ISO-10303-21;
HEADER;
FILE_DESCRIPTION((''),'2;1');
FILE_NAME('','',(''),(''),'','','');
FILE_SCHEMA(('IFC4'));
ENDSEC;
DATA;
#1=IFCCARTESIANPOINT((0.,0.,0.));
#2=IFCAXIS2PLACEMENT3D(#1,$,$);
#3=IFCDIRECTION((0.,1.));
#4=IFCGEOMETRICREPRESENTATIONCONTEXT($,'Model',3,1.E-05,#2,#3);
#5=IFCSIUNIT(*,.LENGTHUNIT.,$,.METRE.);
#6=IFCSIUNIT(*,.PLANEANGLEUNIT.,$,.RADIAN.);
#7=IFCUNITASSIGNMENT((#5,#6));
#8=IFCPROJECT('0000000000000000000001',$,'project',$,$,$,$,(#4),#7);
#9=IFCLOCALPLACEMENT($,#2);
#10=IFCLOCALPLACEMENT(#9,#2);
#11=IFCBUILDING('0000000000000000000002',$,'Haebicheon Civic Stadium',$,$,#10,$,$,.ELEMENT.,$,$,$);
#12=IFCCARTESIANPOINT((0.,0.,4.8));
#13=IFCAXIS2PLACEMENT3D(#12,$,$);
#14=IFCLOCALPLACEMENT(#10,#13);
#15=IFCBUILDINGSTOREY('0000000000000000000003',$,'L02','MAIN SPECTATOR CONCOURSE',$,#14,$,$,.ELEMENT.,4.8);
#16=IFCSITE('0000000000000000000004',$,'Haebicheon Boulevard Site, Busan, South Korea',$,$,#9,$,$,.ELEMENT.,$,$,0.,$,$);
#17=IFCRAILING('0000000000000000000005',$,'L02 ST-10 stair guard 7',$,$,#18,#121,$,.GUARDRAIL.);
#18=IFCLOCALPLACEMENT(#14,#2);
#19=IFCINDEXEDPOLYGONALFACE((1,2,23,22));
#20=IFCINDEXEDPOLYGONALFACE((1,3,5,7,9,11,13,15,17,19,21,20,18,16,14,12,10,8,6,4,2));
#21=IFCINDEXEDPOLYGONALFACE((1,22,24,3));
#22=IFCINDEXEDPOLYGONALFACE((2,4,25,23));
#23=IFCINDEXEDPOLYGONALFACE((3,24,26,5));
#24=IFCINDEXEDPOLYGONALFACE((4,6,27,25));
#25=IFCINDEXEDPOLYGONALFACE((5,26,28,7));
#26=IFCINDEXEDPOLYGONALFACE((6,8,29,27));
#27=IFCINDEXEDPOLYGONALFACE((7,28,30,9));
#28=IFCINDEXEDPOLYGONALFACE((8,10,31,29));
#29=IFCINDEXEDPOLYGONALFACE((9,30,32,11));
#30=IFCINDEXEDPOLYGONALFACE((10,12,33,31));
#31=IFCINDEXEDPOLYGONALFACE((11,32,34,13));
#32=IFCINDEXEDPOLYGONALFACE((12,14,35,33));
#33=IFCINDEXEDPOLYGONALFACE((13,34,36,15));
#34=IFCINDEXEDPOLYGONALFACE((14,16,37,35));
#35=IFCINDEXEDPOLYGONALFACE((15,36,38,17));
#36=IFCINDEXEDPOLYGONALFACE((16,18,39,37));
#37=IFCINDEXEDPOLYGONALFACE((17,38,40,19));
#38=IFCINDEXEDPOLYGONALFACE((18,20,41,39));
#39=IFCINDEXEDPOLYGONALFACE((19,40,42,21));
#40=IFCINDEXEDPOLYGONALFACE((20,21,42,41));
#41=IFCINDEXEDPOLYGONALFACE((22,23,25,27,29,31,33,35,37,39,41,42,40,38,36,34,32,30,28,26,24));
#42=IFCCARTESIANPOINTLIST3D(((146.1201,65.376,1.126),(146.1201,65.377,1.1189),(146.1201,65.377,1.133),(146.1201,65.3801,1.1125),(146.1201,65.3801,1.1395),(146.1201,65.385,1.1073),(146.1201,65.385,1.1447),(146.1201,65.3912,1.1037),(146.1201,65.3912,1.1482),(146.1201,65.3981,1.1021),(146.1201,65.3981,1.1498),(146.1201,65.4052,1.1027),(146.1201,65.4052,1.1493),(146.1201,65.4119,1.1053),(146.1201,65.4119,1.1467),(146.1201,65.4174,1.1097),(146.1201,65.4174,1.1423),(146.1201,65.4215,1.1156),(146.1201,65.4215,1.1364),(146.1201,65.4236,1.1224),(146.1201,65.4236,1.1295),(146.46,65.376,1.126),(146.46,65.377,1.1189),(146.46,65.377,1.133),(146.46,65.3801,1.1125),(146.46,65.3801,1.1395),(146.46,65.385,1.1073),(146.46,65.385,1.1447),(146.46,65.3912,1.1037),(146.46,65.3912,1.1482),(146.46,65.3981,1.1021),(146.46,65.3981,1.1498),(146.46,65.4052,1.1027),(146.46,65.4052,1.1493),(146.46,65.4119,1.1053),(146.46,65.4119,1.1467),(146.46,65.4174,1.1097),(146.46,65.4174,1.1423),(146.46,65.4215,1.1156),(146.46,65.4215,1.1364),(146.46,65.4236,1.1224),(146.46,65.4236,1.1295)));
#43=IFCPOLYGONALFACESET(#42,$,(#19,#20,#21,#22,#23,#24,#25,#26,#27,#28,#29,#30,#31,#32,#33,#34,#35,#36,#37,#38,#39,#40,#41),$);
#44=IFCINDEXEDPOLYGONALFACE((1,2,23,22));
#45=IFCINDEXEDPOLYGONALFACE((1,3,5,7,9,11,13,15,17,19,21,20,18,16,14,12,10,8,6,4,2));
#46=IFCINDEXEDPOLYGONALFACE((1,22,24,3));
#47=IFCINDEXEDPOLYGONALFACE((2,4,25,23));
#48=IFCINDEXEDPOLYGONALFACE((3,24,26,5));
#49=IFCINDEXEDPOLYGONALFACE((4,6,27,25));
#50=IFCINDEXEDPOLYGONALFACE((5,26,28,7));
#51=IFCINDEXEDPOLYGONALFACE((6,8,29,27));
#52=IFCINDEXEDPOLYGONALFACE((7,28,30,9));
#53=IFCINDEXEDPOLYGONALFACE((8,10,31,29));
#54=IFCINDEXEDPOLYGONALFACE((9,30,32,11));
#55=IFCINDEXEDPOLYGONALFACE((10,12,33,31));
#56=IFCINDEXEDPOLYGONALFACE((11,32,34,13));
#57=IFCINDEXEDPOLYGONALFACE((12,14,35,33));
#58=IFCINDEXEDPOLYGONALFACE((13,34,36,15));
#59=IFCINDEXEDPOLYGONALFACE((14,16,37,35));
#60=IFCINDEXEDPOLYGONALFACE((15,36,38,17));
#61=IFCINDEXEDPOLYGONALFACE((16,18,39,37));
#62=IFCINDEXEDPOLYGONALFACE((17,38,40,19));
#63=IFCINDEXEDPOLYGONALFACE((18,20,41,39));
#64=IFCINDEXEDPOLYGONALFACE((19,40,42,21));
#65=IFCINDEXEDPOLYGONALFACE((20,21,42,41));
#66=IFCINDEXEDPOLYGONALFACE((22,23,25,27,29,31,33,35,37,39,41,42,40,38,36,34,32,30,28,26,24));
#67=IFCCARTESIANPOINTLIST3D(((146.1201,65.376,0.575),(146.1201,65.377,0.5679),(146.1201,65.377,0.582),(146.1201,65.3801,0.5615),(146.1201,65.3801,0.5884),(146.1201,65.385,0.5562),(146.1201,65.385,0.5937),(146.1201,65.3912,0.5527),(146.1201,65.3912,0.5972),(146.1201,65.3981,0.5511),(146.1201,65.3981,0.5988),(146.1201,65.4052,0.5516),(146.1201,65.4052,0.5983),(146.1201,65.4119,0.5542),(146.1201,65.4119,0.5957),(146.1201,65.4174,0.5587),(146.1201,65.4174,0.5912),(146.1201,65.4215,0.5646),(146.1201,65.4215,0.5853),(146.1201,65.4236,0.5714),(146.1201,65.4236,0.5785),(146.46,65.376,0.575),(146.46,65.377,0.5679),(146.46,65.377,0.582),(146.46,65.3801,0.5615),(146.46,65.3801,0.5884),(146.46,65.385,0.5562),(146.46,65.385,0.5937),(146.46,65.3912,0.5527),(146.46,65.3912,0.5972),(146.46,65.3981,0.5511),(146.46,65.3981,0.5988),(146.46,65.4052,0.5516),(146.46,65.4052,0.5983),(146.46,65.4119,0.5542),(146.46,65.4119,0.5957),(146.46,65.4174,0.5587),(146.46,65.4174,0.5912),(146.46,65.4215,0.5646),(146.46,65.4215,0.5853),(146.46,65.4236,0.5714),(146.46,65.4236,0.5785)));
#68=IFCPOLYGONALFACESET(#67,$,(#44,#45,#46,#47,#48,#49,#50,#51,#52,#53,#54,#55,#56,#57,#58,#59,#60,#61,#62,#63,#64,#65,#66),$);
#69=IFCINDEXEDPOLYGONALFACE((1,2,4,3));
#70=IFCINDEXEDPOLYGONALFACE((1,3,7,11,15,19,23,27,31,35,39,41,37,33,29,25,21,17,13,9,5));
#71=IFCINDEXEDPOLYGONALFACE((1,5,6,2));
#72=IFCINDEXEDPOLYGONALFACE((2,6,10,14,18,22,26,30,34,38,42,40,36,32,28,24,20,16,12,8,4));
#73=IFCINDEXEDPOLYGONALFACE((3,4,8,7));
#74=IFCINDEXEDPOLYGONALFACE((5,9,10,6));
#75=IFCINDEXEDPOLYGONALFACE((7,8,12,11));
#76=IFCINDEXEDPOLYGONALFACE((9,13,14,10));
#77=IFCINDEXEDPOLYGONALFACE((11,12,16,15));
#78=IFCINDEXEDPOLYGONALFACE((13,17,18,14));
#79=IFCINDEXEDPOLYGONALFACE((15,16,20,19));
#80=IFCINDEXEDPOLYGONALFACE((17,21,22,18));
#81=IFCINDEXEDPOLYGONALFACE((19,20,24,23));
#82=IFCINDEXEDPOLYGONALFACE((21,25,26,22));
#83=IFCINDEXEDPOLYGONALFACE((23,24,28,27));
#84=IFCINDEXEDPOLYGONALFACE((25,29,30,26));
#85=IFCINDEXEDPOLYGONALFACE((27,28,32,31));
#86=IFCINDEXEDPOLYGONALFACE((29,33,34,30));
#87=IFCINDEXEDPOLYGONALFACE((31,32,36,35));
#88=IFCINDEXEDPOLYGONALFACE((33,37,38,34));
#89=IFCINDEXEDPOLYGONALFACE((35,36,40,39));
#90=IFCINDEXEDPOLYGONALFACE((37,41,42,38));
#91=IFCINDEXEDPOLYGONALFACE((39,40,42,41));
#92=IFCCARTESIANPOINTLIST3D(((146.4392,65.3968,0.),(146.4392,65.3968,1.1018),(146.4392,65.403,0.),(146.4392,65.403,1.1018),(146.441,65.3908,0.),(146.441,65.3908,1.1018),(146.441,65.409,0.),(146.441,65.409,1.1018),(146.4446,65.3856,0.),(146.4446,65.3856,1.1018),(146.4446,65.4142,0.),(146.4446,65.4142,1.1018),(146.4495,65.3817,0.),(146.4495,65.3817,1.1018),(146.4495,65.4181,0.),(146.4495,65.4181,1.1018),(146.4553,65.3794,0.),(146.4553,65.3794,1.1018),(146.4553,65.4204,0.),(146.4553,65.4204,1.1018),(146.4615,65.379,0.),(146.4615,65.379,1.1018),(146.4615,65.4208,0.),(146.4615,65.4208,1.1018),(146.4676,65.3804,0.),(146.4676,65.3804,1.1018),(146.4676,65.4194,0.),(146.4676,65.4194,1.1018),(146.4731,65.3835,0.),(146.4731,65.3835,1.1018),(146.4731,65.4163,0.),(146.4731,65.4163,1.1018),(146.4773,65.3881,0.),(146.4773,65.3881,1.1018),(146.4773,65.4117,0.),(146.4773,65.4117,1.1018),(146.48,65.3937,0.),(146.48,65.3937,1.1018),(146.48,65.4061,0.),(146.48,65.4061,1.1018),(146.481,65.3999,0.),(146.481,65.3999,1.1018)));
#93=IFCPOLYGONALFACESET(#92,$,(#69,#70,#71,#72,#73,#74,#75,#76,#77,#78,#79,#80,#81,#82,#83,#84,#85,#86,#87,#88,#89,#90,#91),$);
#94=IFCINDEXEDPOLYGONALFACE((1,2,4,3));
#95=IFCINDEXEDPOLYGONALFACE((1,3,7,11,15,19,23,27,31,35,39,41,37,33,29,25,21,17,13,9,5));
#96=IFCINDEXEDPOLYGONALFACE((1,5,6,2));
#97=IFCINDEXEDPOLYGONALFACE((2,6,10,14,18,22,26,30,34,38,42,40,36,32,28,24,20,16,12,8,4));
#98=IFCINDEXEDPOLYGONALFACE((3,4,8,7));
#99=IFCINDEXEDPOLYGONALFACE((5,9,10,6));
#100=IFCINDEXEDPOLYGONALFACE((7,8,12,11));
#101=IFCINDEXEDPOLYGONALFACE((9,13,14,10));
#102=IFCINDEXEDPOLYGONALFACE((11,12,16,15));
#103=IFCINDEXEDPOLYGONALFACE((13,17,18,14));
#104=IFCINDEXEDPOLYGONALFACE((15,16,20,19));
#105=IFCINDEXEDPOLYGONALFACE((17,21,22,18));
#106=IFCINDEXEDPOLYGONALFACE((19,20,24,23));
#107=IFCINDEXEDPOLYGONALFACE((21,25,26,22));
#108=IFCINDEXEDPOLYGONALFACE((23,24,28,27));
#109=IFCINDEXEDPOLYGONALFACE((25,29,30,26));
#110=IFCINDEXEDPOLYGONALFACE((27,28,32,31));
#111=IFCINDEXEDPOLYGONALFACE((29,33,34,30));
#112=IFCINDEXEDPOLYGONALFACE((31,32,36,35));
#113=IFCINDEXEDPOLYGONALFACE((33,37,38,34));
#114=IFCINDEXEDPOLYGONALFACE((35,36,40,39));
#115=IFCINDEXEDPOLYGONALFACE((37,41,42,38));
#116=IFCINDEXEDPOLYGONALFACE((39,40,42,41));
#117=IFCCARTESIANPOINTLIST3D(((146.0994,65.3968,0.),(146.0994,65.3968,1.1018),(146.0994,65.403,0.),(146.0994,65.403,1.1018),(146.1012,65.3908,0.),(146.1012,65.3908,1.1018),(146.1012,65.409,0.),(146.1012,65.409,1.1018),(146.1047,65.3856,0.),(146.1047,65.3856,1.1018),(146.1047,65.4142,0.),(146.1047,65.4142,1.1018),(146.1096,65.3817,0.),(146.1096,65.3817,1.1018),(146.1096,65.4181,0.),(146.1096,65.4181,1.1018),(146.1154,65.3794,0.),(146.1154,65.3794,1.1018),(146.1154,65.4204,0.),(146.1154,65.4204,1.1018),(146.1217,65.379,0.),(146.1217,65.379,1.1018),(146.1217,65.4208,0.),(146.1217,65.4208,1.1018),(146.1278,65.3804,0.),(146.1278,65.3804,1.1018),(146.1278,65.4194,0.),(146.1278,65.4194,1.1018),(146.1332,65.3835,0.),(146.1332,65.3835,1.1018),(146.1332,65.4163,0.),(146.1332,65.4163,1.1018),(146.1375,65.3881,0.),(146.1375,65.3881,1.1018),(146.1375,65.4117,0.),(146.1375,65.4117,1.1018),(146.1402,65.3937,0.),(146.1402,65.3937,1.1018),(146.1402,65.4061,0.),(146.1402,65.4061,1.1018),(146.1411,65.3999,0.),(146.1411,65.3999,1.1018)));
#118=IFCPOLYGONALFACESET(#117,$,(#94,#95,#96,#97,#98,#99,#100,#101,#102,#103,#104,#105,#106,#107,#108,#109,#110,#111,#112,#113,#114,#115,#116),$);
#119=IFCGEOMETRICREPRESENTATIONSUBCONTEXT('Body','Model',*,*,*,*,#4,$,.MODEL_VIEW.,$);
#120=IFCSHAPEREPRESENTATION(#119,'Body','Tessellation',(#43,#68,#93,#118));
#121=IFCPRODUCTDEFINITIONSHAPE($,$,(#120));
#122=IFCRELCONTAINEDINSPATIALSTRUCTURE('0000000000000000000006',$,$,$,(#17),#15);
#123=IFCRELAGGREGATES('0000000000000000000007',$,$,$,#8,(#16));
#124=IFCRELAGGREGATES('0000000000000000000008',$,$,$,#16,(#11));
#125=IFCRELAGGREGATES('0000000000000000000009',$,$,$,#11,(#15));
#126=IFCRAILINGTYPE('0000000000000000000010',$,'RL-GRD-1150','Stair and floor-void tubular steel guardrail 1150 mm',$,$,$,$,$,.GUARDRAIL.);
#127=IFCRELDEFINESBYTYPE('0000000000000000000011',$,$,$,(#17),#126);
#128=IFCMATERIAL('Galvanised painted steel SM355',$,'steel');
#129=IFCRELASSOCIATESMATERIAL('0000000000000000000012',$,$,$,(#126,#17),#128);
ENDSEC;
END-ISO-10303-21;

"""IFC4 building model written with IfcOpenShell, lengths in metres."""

from ifc_helpers import new_model, si_unit, direction, frame, origin, origin_2d, place, context, subcontext, project, spatial, circle, extrude, material, type_object, element, save


model = new_model("IFC4")

# Units and contexts
model_context = context("Model", 3, precision=1e-05, world=origin(), true_north=direction((0.0, 1.0)))
body_context = subcontext(model_context, "Body", "Model", "MODEL_VIEW")
ifc_project = project(units=[si_unit("LENGTHUNIT", "METRE"), si_unit("PLANEANGLEUNIT", "RADIAN")], contexts=[model_context])

# Site, building, storey
site_placement = place(None, origin())
site = spatial("IfcSite", under=ifc_project, at=site_placement, Name="Haebicheon Boulevard Site, Busan, South Korea", CompositionType="ELEMENT", RefElevation=0.0)
building_placement = place(site_placement, origin())
building = spatial("IfcBuilding", under=site, at=building_placement, Name="Haebicheon Civic Stadium", CompositionType="ELEMENT")
storey_placement = place(building_placement, frame((0.0, 0.0, 4.8)))
storey = spatial("IfcBuildingStorey", under=building, at=storey_placement, Name="L02", Description="MAIN SPECTATOR CONCOURSE", CompositionType="ELEMENT", Elevation=4.8)

# Railing
ifc_material_1 = material(Name="Galvanised painted steel SM355", Category="steel")
railing_type_1 = type_object("IfcRailingType", Name="RL-GRD-1150", Description="Stair and floor-void tubular steel guardrail 1150 mm", PredefinedType="GUARDRAIL", material=ifc_material_1)
railing_1_placement = place(storey_placement, frame((146.46, 65.3999, 0.0)))
element("IfcRailing", 1, at=railing_1_placement, inside=storey, type_object=railing_type_1, material=ifc_material_1, Name="L02 ST-10 stair guard 7", PredefinedType="GUARDRAIL", context=body_context, shape_type="SweptSolid", body=[
    extrude(circle(Radius=0.0239, at=origin_2d()), frame((0.0, 0.0, 1.126), z_axis=(-1.0, 0.0, 0.0), x_axis=(0.0, -1.0, 0.0)), (0.0, 0.0, 1.0), 0.3398),
    extrude(circle(Radius=0.0239, at=origin_2d()), frame((0.0, 0.0, 0.575), z_axis=(-1.0, 0.0, 0.0), x_axis=(0.0, -1.0, 0.0)), (0.0, 0.0, 1.0), 0.3398),
    extrude(circle(Radius=0.021, at=origin_2d()), origin(), (0.0, 0.0, 1.0), 1.1018),
    extrude(circle(Radius=0.021, at=origin_2d()), frame((-0.3398, 0.0, 0.0)), (0.0, 0.0, 1.0), 1.1018),
])

save(model, "model.ifc")
